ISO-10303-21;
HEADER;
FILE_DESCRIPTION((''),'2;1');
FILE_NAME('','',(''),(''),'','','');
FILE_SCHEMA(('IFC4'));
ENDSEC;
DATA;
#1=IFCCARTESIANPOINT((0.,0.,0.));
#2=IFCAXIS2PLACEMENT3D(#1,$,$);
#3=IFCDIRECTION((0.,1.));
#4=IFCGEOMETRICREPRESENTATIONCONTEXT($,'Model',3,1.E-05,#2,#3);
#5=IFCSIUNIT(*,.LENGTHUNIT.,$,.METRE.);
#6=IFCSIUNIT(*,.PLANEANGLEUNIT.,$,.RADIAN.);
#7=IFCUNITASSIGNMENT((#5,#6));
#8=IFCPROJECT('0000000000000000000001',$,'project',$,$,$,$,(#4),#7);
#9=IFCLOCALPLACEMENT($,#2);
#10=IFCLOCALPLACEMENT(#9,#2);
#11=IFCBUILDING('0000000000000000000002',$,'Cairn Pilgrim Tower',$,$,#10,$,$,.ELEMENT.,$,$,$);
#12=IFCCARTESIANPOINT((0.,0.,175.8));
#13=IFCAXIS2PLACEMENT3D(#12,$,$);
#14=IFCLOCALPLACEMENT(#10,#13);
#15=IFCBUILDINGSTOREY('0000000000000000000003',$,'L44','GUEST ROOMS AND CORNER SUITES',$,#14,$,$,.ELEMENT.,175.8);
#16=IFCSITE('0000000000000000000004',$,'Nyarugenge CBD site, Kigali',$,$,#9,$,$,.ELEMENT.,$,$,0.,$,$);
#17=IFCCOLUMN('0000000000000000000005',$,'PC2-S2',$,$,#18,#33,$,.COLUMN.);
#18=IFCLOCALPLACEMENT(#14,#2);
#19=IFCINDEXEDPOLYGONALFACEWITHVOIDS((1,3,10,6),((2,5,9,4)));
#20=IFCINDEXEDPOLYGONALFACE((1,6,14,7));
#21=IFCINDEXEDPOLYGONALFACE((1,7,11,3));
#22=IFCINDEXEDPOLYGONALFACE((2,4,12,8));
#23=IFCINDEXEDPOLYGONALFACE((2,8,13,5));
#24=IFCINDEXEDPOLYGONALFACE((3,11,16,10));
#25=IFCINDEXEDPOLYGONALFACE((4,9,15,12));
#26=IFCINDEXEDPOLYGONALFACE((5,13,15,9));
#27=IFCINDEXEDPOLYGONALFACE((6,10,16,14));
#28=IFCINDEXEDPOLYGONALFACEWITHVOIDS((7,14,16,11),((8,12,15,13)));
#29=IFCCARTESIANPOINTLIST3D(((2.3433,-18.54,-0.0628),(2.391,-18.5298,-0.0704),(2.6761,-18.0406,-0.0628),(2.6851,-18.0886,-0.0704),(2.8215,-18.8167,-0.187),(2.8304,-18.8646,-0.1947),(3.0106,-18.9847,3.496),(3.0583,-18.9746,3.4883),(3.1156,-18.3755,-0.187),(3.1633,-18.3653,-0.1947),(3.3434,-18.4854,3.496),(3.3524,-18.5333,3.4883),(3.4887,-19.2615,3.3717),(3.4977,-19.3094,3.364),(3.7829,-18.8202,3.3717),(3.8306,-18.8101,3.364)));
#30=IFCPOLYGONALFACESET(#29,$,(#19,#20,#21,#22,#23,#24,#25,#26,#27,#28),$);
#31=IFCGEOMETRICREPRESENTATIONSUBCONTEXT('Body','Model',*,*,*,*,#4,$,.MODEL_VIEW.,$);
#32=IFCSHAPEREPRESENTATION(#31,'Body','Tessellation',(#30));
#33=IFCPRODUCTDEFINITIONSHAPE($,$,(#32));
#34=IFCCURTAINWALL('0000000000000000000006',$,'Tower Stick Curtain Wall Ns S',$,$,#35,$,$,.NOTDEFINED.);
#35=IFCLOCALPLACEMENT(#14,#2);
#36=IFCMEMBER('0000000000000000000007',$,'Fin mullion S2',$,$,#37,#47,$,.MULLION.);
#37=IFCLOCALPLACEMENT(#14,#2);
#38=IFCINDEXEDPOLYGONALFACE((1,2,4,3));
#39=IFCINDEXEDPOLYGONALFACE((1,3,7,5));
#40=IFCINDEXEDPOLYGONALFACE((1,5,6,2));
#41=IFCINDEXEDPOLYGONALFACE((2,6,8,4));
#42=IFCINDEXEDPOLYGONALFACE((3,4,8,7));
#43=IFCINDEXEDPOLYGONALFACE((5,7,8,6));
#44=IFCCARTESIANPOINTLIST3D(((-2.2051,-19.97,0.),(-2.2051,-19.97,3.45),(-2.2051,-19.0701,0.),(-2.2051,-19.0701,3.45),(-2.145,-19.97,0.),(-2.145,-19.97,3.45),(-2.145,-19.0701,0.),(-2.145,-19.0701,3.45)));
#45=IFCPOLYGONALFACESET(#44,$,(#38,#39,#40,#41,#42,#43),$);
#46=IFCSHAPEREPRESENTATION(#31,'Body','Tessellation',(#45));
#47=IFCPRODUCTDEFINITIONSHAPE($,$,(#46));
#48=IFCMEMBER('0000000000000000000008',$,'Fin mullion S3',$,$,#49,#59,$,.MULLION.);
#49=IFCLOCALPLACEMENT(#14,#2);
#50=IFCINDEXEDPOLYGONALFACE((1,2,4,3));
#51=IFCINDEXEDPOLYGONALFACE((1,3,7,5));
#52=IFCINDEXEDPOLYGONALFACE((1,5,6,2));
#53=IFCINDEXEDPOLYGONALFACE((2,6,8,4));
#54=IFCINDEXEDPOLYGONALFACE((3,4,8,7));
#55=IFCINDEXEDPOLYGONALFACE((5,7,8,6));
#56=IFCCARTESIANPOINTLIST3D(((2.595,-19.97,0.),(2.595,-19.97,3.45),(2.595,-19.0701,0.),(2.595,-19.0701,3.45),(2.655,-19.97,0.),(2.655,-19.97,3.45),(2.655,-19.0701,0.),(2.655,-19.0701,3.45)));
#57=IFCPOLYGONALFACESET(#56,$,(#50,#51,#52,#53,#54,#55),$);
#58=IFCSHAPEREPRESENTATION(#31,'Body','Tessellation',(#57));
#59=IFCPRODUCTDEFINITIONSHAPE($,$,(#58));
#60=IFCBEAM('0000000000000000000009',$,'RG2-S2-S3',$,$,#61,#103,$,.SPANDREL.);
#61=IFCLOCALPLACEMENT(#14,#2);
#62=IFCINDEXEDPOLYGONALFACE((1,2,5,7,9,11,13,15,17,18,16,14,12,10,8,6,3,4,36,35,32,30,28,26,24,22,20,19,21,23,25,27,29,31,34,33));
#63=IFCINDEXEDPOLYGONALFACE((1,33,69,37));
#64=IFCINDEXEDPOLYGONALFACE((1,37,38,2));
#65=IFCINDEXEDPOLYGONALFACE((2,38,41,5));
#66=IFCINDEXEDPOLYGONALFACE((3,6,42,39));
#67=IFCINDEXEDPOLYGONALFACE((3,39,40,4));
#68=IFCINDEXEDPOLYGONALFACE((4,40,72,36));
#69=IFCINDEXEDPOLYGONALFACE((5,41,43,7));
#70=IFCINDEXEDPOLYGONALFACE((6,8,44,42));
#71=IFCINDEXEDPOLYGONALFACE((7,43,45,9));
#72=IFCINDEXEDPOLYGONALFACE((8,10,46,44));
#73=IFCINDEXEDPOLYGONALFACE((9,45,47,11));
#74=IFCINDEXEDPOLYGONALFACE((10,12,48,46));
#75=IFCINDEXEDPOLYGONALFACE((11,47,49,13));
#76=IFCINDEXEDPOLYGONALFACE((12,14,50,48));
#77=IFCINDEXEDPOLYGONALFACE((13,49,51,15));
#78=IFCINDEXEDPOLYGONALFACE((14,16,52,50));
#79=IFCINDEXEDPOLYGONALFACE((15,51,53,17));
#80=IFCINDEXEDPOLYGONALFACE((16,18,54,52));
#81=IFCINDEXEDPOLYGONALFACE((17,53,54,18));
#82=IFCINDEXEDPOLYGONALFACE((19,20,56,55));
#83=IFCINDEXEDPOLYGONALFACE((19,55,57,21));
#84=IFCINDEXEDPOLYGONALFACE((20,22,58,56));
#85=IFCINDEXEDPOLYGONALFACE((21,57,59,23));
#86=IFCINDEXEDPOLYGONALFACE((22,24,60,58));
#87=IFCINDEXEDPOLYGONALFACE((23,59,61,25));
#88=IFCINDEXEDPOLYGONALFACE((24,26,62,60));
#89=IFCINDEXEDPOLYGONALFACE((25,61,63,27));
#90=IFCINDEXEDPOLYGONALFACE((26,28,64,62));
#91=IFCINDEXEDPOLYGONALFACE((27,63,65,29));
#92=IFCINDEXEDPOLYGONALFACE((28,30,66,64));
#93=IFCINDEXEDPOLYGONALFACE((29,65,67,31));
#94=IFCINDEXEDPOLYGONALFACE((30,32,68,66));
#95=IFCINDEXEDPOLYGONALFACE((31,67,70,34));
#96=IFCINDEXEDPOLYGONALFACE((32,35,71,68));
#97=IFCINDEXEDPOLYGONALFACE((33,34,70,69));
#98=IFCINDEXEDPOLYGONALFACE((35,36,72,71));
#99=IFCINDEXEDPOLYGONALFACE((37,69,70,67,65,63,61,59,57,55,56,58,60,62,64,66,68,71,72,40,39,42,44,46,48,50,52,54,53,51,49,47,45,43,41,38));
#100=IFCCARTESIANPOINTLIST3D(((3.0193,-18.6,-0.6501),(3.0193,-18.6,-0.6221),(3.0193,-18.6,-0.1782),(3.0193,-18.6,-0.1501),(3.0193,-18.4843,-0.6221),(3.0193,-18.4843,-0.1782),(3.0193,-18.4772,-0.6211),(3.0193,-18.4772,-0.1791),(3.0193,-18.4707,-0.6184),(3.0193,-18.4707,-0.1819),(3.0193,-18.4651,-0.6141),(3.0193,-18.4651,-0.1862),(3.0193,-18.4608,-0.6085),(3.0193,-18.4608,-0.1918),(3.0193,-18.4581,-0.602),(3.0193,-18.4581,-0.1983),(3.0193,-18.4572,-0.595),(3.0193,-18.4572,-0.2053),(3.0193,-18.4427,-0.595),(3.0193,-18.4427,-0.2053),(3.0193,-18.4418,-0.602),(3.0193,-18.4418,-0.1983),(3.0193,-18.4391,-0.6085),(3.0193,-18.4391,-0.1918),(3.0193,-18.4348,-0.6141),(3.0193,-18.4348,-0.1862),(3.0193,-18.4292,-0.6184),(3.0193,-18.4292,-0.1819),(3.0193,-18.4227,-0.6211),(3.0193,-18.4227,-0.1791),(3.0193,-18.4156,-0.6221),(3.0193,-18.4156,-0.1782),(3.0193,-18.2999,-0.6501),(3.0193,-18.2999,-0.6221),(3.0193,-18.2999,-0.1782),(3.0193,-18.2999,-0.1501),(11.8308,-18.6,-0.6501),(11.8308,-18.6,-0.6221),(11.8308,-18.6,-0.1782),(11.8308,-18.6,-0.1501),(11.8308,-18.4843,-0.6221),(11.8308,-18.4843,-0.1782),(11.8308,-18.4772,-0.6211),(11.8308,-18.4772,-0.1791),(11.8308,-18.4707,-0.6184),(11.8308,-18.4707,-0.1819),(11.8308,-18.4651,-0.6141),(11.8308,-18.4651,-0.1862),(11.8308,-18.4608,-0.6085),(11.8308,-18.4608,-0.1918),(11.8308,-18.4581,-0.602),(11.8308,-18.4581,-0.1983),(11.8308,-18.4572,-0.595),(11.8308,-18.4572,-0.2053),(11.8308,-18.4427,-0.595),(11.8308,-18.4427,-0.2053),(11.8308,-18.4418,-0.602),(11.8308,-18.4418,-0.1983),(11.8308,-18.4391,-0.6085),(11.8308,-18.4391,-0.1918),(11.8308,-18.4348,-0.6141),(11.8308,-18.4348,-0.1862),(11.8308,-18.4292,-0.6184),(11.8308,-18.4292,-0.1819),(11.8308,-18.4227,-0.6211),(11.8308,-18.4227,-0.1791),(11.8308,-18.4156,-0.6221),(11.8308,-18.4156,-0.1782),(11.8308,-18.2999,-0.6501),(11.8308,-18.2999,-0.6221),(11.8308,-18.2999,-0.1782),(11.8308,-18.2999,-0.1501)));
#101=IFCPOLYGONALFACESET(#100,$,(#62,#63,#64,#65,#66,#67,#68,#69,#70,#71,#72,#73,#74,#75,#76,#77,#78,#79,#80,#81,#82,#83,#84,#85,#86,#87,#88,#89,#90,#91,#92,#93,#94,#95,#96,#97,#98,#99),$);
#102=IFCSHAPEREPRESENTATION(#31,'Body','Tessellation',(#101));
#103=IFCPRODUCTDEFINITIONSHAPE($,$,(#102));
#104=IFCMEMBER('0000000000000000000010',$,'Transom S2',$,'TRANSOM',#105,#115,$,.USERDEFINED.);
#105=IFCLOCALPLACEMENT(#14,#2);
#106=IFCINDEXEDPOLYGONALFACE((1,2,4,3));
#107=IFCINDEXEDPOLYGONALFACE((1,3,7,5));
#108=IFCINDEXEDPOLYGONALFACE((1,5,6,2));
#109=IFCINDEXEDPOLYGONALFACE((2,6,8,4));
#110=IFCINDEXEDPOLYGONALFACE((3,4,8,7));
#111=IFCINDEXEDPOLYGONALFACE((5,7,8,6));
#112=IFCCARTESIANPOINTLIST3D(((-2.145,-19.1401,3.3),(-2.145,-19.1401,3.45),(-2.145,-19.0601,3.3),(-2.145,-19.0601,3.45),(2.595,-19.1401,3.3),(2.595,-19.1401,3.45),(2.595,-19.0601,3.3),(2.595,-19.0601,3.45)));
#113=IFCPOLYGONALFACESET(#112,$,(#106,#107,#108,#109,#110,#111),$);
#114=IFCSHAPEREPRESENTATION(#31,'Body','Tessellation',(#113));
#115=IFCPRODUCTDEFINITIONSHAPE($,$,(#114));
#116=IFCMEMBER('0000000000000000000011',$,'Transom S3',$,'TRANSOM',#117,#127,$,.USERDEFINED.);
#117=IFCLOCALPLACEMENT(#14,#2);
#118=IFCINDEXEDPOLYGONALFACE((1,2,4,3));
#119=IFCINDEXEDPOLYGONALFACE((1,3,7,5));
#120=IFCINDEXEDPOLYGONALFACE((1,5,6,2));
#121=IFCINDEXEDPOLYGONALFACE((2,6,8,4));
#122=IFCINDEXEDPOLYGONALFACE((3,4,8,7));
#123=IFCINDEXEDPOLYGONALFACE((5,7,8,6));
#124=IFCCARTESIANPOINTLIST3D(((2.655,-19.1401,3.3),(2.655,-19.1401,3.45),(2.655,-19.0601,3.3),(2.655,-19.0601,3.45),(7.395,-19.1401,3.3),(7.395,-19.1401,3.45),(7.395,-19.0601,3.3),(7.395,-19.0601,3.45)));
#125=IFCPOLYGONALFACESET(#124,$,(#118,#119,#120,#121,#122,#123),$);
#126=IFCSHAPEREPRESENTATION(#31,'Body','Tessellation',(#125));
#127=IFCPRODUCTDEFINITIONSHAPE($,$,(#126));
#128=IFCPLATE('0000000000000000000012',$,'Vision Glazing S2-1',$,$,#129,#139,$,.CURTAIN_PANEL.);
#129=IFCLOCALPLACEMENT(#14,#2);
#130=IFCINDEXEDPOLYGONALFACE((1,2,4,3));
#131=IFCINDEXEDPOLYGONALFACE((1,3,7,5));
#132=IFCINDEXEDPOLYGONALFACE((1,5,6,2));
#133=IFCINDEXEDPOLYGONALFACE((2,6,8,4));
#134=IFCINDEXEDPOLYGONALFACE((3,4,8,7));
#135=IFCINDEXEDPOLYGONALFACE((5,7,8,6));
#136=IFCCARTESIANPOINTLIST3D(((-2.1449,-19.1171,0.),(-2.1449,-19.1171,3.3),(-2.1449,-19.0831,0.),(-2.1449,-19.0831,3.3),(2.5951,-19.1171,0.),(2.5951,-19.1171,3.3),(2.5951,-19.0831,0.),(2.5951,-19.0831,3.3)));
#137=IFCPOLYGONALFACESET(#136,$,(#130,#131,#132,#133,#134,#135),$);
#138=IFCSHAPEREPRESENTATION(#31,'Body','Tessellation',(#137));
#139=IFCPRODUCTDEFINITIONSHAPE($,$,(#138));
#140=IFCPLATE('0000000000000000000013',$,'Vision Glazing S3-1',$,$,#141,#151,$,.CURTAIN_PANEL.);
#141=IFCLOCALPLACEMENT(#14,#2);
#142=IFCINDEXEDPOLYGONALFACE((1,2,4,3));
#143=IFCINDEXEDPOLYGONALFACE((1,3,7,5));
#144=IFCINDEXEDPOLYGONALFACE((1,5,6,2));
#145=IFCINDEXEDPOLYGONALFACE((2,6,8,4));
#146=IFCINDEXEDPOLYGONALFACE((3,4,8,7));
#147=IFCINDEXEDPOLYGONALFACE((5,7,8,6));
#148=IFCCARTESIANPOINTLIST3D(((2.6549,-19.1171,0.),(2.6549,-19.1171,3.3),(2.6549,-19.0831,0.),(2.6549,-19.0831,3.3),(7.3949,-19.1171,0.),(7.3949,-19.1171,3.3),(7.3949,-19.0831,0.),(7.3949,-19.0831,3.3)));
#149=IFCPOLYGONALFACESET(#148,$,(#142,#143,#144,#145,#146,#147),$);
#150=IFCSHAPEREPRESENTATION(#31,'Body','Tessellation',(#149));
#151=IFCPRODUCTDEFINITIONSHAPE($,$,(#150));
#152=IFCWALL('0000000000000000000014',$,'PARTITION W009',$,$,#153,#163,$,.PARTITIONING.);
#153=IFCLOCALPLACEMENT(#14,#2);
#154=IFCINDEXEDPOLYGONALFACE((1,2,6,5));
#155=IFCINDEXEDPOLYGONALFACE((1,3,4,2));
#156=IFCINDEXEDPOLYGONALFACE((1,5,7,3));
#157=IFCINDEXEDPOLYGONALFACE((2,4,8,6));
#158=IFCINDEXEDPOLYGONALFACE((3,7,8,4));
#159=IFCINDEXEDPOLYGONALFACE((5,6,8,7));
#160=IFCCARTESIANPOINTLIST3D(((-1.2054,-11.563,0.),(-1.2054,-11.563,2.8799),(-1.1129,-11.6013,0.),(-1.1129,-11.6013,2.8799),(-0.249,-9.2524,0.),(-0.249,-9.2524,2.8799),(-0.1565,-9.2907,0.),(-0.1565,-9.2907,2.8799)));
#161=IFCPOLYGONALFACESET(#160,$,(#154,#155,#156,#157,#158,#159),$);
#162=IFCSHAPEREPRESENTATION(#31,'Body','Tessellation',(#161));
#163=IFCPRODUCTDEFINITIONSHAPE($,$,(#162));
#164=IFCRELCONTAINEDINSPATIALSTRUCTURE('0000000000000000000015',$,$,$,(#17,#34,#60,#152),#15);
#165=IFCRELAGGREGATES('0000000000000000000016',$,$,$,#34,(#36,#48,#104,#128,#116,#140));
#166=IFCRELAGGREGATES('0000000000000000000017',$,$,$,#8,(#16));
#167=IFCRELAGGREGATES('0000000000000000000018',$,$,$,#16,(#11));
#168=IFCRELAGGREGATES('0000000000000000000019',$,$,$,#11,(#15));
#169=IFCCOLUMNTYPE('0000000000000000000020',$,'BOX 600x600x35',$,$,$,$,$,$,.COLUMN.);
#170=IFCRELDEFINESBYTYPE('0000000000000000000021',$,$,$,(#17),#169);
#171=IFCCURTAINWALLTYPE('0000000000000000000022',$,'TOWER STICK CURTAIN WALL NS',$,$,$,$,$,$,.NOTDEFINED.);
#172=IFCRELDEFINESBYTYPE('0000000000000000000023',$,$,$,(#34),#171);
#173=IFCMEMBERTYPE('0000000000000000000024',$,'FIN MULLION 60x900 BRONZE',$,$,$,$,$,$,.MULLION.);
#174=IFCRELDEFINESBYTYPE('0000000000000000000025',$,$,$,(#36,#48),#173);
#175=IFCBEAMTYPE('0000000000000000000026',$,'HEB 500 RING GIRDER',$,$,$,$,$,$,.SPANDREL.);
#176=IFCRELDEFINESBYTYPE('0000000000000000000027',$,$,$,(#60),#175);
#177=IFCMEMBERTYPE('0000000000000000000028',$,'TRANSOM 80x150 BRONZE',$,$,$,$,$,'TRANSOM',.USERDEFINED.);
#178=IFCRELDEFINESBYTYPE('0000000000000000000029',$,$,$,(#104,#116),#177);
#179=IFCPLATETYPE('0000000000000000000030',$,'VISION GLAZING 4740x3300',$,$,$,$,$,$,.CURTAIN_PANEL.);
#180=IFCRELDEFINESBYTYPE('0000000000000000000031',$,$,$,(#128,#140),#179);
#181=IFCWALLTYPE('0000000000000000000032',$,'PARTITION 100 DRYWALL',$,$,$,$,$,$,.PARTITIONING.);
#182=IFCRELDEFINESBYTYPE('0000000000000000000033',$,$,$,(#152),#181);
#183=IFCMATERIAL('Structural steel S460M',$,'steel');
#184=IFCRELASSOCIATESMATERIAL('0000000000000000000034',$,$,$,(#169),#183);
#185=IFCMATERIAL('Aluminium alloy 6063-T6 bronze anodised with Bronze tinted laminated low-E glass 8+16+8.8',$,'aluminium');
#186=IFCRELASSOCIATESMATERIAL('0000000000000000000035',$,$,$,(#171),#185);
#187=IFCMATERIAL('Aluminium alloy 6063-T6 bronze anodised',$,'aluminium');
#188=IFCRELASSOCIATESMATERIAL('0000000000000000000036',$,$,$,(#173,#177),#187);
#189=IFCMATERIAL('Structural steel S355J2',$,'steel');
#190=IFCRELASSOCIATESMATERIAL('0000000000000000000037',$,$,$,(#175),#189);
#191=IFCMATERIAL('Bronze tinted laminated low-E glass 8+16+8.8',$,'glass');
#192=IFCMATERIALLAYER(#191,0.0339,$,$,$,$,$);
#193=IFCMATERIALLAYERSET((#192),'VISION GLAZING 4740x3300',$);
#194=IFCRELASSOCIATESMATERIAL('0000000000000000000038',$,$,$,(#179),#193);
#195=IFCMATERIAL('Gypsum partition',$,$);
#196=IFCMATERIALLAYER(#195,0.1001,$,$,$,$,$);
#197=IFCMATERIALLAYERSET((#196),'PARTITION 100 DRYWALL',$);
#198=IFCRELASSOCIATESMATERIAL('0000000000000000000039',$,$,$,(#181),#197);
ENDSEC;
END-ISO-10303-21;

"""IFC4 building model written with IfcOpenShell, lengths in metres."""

from ifc_helpers import new_model, si_unit, direction, frame, frame_2d, origin, origin_2d, place, context, subcontext, project, spatial, rectangle, hollow_rectangle, i_section, extrude, clip, halfspace, material, layer, layer_set, material_profile, profile_set, type_object, element, aggregate, save


model = new_model("IFC4")

# Units and contexts
model_context = context("Model", 3, precision=1e-05, world=origin(), true_north=direction((0.0, 1.0)))
body_context = subcontext(model_context, "Body", "Model", "MODEL_VIEW")
ifc_project = project(units=[si_unit("LENGTHUNIT", "METRE"), si_unit("PLANEANGLEUNIT", "RADIAN")], contexts=[model_context])

# Site, building, storey
site_placement = place(None, origin())
site = spatial("IfcSite", under=ifc_project, at=site_placement, Name="Nyarugenge CBD site, Kigali", CompositionType="ELEMENT", RefElevation=0.0)
building_placement = place(site_placement, origin())
building = spatial("IfcBuilding", under=site, at=building_placement, Name="Cairn Pilgrim Tower", CompositionType="ELEMENT")
storey_placement = place(building_placement, frame((0.0, 0.0, 175.8)))
storey = spatial("IfcBuildingStorey", under=building, at=storey_placement, Name="L44", Description="GUEST ROOMS AND CORNER SUITES", CompositionType="ELEMENT", Elevation=175.8)

# Column
ifc_material_1 = material(Name="Structural steel S460M", Category="steel")
ifc_material_profile_1 = material_profile(ifc_material_1, hollow_rectangle(XDim=0.6001, YDim=0.6001, WallThickness=0.0349, at=origin_2d()), Name="BOX 600x600x35")
ifc_profile_set_1 = profile_set([ifc_material_profile_1], Name="Structural steel S460M")
column_type = type_object("IfcColumnType", Name="BOX 600x600x35", PredefinedType="COLUMN", material=ifc_profile_set_1)
column_placement = place(storey_placement, frame((2.7493, -18.45, -0.1501), z_axis=(0.182922, -0.121926, 0.975538), x_axis=(0.554631, 0.832097, 0.0)))
element("IfcColumn", 1, at=column_placement, inside=storey, type_object=column_type, Name="PC2-S2", PredefinedType="COLUMN", context=body_context, shape_type="Clipping", body=[
    clip(clip(extrude(hollow_rectangle(XDim=0.6001, YDim=0.6001, WallThickness=0.0349, at=origin_2d()), origin(), (0.0, 0.0, 1.0), 3.6904), halfspace(frame((0.0, 0.0, 0.022), z_axis=(0.0, 0.0, 1.0), x_axis=(1.0, 0.0, 0.0)), True)), halfspace(frame((0.0, 0.0, 3.6699), z_axis=(0.0, 0.0, 1.0), x_axis=(1.0, 0.0, 0.0)), False)),
])

# Curtain wall, members
ifc_material_2 = material(Name="Aluminium alloy 6063-T6 bronze anodised with Bronze tinted laminated low-E glass 8+16+8.8", Category="aluminium")
curtain_wall_type = type_object("IfcCurtainWallType", Name="TOWER STICK CURTAIN WALL NS", PredefinedType="NOTDEFINED", material=ifc_material_2)
curtain_wall_placement = place(storey_placement, origin())
curtain_wall = element("IfcCurtainWall", 2, at=curtain_wall_placement, inside=storey, type_object=curtain_wall_type, Name="Tower Stick Curtain Wall Ns S", PredefinedType="NOTDEFINED")
ifc_material_3 = material(Name="Aluminium alloy 6063-T6 bronze anodised", Category="aluminium")
ifc_material_profile_2 = material_profile(ifc_material_3, rectangle(XDim=0.8999, YDim=0.0601, at=origin_2d()), Name="FIN MULLION 60x900 BRONZE")
ifc_profile_set_2 = profile_set([ifc_material_profile_2], Name="Aluminium alloy 6063-T6 bronze anodised")
member_type_1 = type_object("IfcMemberType", Name="FIN MULLION 60x900 BRONZE", PredefinedType="MULLION", material=ifc_profile_set_2)
member_1_placement = place(storey_placement, frame((-2.175, -19.52, 0.0), z_axis=(0.0, 0.0, 1.0), x_axis=(0.0, -1.0, 0.0)))
member_1 = element("IfcMember", 3, at=member_1_placement, type_object=member_type_1, Name="Fin mullion S2", PredefinedType="MULLION", context=body_context, shape_type="SweptSolid", body=[
    extrude(rectangle(XDim=0.8999, YDim=0.0601, at=origin_2d()), origin(), (0.0, 0.0, 1.0), 3.45),
])
member_2_placement = place(storey_placement, frame((2.625, -19.52, 0.0), z_axis=(0.0, 0.0, 1.0), x_axis=(0.0, -1.0, 0.0)))
member_2 = element("IfcMember", 4, at=member_2_placement, type_object=member_type_1, Name="Fin mullion S3", PredefinedType="MULLION", context=body_context, shape_type="SweptSolid", body=[
    extrude(rectangle(XDim=0.8999, YDim=0.0601, at=origin_2d()), origin(), (0.0, 0.0, 1.0), 3.45),
])

# Beam
ifc_material_4 = material(Name="Structural steel S355J2", Category="steel")
ifc_material_profile_3 = material_profile(ifc_material_4, i_section(OverallWidth=0.3, OverallDepth=0.5, WebThickness=0.0144, FlangeThickness=0.0281, FilletRadius=0.0271, at=origin_2d()), Name="HEB 500")
ifc_profile_set_3 = profile_set([ifc_material_profile_3], Name="Structural steel S355J2")
beam_type = type_object("IfcBeamType", Name="HEB 500 RING GIRDER", PredefinedType="SPANDREL", material=ifc_profile_set_3)
beam_placement = place(storey_placement, frame((3.0193, -18.45, -0.4001), z_axis=(1.0, 0.0, 0.0), x_axis=(0.0, 1.0, 0.0)))
element("IfcBeam", 5, at=beam_placement, inside=storey, type_object=beam_type, Name="RG2-S2-S3", PredefinedType="SPANDREL", context=body_context, shape_type="SweptSolid", body=[
    extrude(i_section(OverallWidth=0.3, OverallDepth=0.5, WebThickness=0.0144, FlangeThickness=0.0281, FilletRadius=0.0271, at=origin_2d()), origin(), (0.0, 0.0, 1.0), 8.8115),
])

# Members
ifc_material_profile_4 = material_profile(ifc_material_3, rectangle(XDim=0.0801, YDim=0.1499, at=origin_2d()), Name="TRANSOM 80x150 BRONZE")
ifc_profile_set_4 = profile_set([ifc_material_profile_4], Name="Aluminium alloy 6063-T6 bronze anodised")
member_type_2 = type_object("IfcMemberType", Name="TRANSOM 80x150 BRONZE", ElementType="TRANSOM", PredefinedType="USERDEFINED", material=ifc_profile_set_4)
member_3_placement = place(storey_placement, frame((-2.145, -19.1001, 3.375), z_axis=(1.0, 0.0, 0.0), x_axis=(0.0, 1.0, 0.0)))
member_3 = element("IfcMember", 6, at=member_3_placement, type_object=member_type_2, Name="Transom S2", ObjectType="TRANSOM", PredefinedType="USERDEFINED", context=body_context, shape_type="SweptSolid", body=[
    extrude(rectangle(XDim=0.0801, YDim=0.1499, at=origin_2d()), origin(), (0.0, 0.0, 1.0), 4.74),
])
member_4_placement = place(storey_placement, frame((2.655, -19.1001, 3.375), z_axis=(1.0, 0.0, 0.0), x_axis=(0.0, 1.0, 0.0)))
member_4 = element("IfcMember", 7, at=member_4_placement, type_object=member_type_2, Name="Transom S3", ObjectType="TRANSOM", PredefinedType="USERDEFINED", context=body_context, shape_type="SweptSolid", body=[
    extrude(rectangle(XDim=0.0801, YDim=0.1499, at=origin_2d()), origin(), (0.0, 0.0, 1.0), 4.74),
])

# Plates
ifc_material_5 = material(Name="Bronze tinted laminated low-E glass 8+16+8.8", Category="glass")
ifc_layer_1 = layer(ifc_material_5, 0.0339)
ifc_layer_set_1 = layer_set([ifc_layer_1], Name="VISION GLAZING 4740x3300")
plate_type = type_object("IfcPlateType", Name="VISION GLAZING 4740x3300", PredefinedType="CURTAIN_PANEL", material=ifc_layer_set_1)
plate_1_placement = place(storey_placement, frame((0.2251, -19.1001, 0.0), z_axis=(0.0, 0.0, 1.0), x_axis=(1.0, 0.0, 0.0)))
plate_1 = element("IfcPlate", 8, at=plate_1_placement, type_object=plate_type, Name="Vision Glazing S2-1", PredefinedType="CURTAIN_PANEL", context=body_context, shape_type="SweptSolid", body=[
    extrude(rectangle(XDim=4.74, YDim=0.0339, at=origin_2d()), origin(), (0.0, 0.0, 1.0), 3.3),
])
plate_2_placement = place(storey_placement, frame((5.0249, -19.1001, 0.0), z_axis=(0.0, 0.0, 1.0), x_axis=(1.0, 0.0, 0.0)))
plate_2 = element("IfcPlate", 9, at=plate_2_placement, type_object=plate_type, Name="Vision Glazing S3-1", PredefinedType="CURTAIN_PANEL", context=body_context, shape_type="SweptSolid", body=[
    extrude(rectangle(XDim=4.74, YDim=0.0339, at=origin_2d()), origin(), (0.0, 0.0, 1.0), 3.3),
])
aggregate(curtain_wall, [member_1, member_2, member_3, plate_1, member_4, plate_2])

# Shared definitions
ifc_material_6 = material(Name="Gypsum partition")
ifc_layer_2 = layer(ifc_material_6, 0.1001)
ifc_layer_set_2 = layer_set([ifc_layer_2], Name="PARTITION 100 DRYWALL")
wall_type_1 = type_object("IfcWallType", Name="PARTITION 100 DRYWALL", PredefinedType="PARTITIONING", material=ifc_layer_set_2)

# Wall
wall_1_placement = place(storey_placement, frame((-1.1592, -11.5823, 0.0), z_axis=(0.0, 0.0, 1.0), x_axis=(0.382424, 0.923987, 0.0)))
element("IfcWall", 10, at=wall_1_placement, inside=storey, type_object=wall_type_1, Name="PARTITION W009", PredefinedType="PARTITIONING", context=body_context, shape_type="SweptSolid", body=[
    extrude(rectangle(XDim=2.5007, YDim=0.1001, at=frame_2d((1.2505, 0.0))), origin(), (0.0, 0.0, 1.0), 2.8799),
])

save(model, "model.ifc")
